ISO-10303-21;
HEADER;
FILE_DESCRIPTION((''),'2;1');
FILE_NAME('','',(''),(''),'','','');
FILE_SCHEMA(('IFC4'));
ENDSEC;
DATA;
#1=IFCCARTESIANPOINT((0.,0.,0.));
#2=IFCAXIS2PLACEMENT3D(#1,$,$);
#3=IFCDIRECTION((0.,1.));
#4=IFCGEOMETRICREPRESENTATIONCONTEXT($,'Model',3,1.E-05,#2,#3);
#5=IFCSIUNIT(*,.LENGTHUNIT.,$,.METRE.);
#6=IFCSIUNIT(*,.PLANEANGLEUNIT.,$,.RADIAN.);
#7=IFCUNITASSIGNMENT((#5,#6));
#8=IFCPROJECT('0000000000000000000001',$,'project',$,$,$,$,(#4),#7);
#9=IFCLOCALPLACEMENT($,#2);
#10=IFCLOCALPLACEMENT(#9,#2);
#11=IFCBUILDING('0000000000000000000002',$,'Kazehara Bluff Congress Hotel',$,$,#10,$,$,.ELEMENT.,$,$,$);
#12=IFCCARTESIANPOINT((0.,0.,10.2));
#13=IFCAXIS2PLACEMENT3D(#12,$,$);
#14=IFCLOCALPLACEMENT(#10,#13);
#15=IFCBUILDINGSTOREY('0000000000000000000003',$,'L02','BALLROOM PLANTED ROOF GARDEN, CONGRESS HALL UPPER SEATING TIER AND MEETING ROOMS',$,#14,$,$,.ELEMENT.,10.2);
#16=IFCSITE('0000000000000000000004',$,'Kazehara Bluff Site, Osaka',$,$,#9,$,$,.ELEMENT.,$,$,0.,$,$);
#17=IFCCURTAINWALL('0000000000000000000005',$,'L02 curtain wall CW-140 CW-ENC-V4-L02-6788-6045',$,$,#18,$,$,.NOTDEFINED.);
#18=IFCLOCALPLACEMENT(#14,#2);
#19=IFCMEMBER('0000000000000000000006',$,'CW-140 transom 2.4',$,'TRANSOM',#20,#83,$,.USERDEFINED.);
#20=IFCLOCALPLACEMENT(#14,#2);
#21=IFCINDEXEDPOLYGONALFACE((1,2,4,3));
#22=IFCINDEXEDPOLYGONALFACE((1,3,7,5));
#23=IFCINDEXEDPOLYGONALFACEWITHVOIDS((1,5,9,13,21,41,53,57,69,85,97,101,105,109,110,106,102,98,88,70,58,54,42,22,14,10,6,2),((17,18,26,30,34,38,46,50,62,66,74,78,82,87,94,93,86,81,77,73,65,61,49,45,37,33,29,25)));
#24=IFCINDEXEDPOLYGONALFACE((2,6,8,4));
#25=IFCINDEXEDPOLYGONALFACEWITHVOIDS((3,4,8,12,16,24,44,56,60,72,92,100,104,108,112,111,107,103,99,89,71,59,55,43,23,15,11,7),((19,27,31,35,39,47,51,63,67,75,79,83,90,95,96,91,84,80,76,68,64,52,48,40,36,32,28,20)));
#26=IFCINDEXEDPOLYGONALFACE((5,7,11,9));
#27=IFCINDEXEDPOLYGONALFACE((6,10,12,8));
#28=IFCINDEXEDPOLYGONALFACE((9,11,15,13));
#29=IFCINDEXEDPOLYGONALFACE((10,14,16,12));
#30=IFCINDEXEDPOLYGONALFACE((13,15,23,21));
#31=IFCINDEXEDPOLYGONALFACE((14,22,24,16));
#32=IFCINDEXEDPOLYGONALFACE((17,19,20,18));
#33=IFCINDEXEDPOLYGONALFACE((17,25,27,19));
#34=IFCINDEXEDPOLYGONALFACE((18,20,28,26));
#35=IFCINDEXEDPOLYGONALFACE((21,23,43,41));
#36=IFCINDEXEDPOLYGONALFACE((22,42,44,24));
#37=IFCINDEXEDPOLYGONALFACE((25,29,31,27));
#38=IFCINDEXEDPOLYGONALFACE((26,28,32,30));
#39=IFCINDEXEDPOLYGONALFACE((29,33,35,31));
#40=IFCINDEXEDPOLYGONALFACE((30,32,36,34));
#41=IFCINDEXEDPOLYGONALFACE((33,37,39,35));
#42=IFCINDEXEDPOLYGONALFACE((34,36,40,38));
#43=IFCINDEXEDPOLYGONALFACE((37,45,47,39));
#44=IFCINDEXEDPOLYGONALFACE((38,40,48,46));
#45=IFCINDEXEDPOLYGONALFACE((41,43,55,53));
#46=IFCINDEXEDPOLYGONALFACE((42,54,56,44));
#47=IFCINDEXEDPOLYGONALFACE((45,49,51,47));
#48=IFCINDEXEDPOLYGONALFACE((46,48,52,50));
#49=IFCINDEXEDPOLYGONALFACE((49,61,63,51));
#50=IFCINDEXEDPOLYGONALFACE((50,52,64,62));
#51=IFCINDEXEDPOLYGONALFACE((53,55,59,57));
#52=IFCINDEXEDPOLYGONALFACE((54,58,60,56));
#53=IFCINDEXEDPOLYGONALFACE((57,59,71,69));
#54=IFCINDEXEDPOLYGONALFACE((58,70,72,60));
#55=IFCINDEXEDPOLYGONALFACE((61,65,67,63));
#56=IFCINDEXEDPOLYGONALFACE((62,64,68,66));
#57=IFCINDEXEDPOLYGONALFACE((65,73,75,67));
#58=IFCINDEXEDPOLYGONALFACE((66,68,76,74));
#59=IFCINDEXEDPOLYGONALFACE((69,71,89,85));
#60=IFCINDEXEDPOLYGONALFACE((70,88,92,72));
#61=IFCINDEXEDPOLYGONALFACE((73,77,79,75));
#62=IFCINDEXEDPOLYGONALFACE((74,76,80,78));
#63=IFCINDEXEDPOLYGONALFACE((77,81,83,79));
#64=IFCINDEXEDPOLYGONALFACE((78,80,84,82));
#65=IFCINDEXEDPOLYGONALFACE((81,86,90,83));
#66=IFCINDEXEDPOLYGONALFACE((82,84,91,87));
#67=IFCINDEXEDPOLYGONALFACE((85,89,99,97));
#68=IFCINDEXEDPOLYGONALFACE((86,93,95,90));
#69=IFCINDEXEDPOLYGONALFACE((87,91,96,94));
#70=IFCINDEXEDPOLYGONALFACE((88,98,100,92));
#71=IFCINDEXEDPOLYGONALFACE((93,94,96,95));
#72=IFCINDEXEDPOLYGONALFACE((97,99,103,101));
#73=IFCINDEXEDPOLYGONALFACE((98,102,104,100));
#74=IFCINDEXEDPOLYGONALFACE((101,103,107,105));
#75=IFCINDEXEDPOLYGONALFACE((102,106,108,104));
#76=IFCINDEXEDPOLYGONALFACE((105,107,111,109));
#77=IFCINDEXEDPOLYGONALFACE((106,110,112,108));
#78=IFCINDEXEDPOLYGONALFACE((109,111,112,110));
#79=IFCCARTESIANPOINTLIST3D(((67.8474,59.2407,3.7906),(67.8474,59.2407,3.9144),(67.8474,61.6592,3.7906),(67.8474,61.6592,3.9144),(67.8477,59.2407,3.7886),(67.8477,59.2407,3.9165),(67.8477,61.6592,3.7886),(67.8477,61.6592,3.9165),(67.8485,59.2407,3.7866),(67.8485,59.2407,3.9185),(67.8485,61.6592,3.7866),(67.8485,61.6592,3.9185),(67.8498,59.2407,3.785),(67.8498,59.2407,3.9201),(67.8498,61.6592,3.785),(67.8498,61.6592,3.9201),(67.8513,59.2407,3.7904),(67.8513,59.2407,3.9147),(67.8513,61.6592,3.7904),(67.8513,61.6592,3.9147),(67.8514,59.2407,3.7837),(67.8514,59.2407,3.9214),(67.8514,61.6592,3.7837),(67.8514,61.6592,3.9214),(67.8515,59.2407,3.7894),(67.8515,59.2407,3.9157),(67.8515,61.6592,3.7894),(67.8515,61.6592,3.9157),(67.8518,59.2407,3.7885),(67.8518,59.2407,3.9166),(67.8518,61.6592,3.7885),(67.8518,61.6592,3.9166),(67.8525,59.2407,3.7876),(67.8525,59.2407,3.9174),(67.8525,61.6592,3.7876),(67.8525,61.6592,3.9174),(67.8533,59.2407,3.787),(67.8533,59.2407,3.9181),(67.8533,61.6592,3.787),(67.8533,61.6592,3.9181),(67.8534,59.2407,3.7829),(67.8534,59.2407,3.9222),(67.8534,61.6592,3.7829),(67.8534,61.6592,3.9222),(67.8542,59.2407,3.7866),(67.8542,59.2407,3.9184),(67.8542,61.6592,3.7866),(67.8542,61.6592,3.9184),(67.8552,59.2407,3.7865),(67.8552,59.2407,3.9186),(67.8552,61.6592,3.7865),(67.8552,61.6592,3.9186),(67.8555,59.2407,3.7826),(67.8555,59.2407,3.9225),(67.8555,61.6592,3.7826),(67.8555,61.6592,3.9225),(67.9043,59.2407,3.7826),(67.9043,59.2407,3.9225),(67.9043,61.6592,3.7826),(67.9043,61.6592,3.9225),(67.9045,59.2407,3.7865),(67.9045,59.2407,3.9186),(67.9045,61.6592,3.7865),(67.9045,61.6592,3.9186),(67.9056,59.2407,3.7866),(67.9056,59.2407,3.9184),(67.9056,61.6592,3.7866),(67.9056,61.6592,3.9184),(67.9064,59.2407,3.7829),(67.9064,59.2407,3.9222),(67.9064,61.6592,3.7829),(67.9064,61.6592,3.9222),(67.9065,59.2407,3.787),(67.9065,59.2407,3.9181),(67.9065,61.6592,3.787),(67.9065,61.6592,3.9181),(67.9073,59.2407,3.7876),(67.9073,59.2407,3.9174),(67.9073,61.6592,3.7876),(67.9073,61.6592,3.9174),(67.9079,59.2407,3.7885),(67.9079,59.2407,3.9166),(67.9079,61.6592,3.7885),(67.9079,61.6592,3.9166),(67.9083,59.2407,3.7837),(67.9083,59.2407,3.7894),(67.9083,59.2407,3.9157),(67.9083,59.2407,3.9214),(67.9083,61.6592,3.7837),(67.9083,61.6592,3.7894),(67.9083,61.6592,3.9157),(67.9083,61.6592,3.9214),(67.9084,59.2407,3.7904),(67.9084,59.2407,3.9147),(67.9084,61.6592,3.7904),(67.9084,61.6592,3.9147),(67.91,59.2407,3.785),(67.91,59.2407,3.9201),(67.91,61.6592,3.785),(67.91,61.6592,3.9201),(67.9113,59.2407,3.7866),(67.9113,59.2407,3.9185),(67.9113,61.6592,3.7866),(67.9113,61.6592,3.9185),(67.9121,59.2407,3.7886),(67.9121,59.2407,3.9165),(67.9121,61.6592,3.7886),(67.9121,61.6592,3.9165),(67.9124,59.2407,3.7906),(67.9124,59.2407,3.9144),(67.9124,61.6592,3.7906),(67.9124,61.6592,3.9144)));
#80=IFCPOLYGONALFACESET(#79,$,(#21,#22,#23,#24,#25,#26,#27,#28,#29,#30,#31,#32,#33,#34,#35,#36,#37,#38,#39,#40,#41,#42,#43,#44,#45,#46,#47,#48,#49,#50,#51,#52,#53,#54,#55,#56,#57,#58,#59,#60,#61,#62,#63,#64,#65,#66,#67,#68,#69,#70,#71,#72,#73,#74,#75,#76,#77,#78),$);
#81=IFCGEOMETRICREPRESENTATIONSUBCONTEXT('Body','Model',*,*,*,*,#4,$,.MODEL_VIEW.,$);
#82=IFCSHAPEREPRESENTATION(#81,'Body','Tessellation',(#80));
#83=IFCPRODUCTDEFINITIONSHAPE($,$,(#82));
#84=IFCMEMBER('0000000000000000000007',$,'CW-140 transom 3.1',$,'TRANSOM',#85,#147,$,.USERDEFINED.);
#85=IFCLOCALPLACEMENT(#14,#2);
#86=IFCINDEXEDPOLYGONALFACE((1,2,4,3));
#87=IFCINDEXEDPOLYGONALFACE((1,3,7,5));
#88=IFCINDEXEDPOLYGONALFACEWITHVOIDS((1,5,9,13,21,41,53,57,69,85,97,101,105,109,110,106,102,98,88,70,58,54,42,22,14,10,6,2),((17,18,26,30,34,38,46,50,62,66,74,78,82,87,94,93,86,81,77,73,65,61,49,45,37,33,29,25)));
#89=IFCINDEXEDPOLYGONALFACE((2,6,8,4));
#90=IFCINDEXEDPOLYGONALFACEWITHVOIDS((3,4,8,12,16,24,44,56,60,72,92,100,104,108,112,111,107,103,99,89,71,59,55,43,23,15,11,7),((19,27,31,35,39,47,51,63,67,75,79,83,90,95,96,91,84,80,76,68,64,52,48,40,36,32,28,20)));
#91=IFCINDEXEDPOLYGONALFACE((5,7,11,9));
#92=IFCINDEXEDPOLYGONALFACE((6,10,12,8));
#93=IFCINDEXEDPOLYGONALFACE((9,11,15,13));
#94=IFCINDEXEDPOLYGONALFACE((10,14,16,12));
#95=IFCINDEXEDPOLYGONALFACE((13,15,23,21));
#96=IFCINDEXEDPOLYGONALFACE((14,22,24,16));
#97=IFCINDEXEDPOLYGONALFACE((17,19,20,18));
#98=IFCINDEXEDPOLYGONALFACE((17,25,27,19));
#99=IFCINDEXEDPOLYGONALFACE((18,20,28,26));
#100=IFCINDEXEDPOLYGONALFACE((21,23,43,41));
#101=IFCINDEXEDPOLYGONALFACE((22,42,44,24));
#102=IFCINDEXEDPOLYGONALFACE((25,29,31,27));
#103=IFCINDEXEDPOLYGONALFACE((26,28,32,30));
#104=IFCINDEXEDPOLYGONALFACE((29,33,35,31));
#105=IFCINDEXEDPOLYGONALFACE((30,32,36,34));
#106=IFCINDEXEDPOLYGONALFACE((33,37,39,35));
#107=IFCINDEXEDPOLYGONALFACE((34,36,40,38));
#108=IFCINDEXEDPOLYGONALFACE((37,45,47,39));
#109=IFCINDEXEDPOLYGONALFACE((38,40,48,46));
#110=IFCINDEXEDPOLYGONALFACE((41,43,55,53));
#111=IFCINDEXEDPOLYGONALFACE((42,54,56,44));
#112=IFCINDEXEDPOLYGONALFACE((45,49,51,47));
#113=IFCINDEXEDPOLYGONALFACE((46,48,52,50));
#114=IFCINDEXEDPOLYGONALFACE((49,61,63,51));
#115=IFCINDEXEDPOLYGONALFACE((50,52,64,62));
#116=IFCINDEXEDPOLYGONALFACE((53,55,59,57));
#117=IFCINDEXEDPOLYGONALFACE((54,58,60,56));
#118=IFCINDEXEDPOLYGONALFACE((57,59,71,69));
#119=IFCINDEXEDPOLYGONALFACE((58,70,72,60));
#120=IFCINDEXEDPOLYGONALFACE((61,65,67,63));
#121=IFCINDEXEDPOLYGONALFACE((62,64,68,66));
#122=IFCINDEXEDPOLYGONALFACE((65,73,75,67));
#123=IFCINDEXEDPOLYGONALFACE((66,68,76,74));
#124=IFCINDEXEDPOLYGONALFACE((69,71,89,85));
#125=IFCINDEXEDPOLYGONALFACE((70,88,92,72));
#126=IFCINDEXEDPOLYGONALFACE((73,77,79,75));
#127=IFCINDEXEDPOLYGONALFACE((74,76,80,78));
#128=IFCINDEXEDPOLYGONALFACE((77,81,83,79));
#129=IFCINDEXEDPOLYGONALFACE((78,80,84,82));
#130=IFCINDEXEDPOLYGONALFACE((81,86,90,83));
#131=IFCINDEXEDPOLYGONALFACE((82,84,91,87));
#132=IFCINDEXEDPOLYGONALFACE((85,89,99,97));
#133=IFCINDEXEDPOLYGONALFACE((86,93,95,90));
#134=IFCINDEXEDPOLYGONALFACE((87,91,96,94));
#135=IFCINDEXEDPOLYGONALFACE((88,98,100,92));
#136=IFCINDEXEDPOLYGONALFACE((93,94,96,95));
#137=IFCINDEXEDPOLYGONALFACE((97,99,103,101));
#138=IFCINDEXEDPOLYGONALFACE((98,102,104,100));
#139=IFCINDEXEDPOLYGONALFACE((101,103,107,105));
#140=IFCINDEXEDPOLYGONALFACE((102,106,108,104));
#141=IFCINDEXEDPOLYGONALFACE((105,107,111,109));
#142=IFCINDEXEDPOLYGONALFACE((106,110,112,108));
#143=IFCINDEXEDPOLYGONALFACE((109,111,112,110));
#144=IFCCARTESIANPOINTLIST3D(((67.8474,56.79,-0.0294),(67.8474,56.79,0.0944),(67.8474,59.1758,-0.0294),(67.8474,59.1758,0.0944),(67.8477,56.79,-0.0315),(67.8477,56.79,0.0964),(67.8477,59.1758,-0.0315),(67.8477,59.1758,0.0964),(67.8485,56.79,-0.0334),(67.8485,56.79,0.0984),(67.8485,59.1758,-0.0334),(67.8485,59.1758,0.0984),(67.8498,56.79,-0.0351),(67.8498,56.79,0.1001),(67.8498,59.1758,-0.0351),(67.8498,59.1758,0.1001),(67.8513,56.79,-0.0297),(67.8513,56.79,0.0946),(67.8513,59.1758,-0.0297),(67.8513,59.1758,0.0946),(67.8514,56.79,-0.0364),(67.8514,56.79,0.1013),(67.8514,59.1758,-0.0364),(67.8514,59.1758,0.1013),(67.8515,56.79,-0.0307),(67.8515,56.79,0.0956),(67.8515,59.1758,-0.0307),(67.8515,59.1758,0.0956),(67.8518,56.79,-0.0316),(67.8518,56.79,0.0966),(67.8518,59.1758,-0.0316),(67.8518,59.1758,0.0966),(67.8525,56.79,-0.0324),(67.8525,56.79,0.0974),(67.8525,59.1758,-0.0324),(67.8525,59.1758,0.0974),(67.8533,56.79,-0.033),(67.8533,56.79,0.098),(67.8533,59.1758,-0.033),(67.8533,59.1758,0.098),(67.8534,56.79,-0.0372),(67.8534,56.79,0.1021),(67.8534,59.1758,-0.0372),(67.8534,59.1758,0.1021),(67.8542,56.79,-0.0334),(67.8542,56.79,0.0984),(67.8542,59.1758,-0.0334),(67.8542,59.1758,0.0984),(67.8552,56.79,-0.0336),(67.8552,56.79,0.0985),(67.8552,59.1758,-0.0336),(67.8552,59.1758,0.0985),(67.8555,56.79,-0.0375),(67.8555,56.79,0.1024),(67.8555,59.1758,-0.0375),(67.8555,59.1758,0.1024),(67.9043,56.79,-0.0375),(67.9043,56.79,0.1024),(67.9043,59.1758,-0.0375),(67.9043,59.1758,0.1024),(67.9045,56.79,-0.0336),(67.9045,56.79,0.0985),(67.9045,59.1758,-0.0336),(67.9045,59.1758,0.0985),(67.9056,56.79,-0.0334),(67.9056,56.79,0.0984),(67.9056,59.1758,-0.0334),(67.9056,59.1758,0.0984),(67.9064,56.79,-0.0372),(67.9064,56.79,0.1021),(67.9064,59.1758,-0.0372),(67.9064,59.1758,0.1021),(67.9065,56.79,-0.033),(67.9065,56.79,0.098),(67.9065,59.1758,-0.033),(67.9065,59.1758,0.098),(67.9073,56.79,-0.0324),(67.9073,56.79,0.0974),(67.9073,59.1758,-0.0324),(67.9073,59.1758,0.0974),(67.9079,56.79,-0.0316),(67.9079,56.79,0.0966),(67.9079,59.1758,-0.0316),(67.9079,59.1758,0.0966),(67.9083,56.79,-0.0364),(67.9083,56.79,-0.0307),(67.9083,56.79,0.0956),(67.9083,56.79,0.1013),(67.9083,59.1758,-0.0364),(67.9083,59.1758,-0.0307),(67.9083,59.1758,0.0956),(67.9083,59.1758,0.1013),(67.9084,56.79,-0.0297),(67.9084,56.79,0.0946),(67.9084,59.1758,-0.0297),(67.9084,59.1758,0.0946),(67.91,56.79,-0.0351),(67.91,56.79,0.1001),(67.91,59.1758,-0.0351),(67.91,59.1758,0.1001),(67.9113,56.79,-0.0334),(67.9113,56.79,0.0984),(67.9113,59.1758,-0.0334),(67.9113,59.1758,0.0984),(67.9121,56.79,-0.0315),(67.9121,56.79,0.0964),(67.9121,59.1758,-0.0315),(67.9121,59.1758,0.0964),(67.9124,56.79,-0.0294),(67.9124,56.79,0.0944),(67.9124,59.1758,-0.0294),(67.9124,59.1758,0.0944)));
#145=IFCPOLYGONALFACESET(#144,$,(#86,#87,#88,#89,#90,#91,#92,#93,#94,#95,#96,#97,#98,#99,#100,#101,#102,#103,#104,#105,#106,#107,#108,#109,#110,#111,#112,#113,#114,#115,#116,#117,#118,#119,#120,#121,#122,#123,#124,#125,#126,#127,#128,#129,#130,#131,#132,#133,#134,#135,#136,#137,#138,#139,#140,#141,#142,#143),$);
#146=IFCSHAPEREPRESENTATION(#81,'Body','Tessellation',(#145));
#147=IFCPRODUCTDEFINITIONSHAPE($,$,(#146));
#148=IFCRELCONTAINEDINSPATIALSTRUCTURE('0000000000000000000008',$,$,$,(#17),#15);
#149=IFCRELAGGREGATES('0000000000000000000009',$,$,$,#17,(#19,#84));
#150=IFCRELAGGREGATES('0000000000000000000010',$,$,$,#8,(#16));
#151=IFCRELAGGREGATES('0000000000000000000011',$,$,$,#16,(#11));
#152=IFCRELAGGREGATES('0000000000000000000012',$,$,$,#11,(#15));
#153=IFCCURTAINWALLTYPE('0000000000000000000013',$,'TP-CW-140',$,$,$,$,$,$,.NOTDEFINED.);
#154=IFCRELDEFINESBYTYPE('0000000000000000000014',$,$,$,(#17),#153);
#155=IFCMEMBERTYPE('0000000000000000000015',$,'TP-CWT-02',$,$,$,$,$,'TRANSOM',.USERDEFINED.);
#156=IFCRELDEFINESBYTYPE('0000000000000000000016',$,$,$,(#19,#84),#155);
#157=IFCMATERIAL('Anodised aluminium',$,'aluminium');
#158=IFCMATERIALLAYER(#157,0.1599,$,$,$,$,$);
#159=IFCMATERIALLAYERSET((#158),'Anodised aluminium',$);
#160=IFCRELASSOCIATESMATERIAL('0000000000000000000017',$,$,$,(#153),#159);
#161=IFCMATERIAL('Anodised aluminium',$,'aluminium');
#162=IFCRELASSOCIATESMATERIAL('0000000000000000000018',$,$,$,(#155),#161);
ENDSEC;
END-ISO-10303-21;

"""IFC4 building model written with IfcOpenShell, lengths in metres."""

from ifc_helpers import new_model, si_unit, direction, frame, origin, origin_2d, place, context, subcontext, project, spatial, hollow_rectangle, extrude, material, layer, layer_set, material_profile, profile_set, type_object, element, aggregate, save


model = new_model("IFC4")

# Units and contexts
model_context = context("Model", 3, precision=1e-05, world=origin(), true_north=direction((0.0, 1.0)))
body_context = subcontext(model_context, "Body", "Model", "MODEL_VIEW")
ifc_project = project(units=[si_unit("LENGTHUNIT", "METRE"), si_unit("PLANEANGLEUNIT", "RADIAN")], contexts=[model_context])

# Site, building, storey
site_placement = place(None, origin())
site = spatial("IfcSite", under=ifc_project, at=site_placement, Name="Kazehara Bluff Site, Osaka", CompositionType="ELEMENT", RefElevation=0.0)
building_placement = place(site_placement, origin())
building = spatial("IfcBuilding", under=site, at=building_placement, Name="Kazehara Bluff Congress Hotel", CompositionType="ELEMENT")
storey_placement = place(building_placement, frame((0.0, 0.0, 10.2)))
storey = spatial("IfcBuildingStorey", under=building, at=storey_placement, Name="L02", Description="BALLROOM PLANTED ROOF GARDEN, CONGRESS HALL UPPER SEATING TIER AND MEETING ROOMS", CompositionType="ELEMENT", Elevation=10.2)

# Curtain wall, members
ifc_material_1 = material(Name="Anodised aluminium", Category="aluminium")
ifc_layer_1 = layer(ifc_material_1, 0.1599)
ifc_layer_set_1 = layer_set([ifc_layer_1], Name="Anodised aluminium")
curtain_wall_type = type_object("IfcCurtainWallType", Name="TP-CW-140", PredefinedType="NOTDEFINED", material=ifc_layer_set_1)
curtain_wall_placement = place(storey_placement, origin())
curtain_wall = element("IfcCurtainWall", 1, at=curtain_wall_placement, inside=storey, type_object=curtain_wall_type, Name="L02 curtain wall CW-140 CW-ENC-V4-L02-6788-6045", PredefinedType="NOTDEFINED")
ifc_material_2 = material(Name="Anodised aluminium", Category="aluminium")
ifc_material_profile_1 = material_profile(ifc_material_2, hollow_rectangle(XDim=0.0649, YDim=0.1399, WallThickness=0.0039, InnerFilletRadius=0.0039, OuterFilletRadius=0.0081, at=origin_2d()))
ifc_profile_set_1 = profile_set([ifc_material_profile_1], Name="Anodised aluminium")
member_type_1 = type_object("IfcMemberType", Name="TP-CWT-02", ElementType="TRANSOM", PredefinedType="USERDEFINED", material=ifc_profile_set_1)
member_1_placement = place(storey_placement, frame((67.8799, 61.6592, 3.8525), z_axis=(0.0, -1.0, 0.0), x_axis=(1.0, 0.0, 0.0)))
member_1 = element("IfcMember", 2, at=member_1_placement, type_object=member_type_1, Name="CW-140 transom 2.4", ObjectType="TRANSOM", PredefinedType="USERDEFINED", context=body_context, shape_type="SweptSolid", body=[
    extrude(hollow_rectangle(XDim=0.0649, YDim=0.1399, WallThickness=0.0039, InnerFilletRadius=0.0039, OuterFilletRadius=0.0081, at=origin_2d()), origin(), (0.0, 0.0, 1.0), 2.4185),
])
member_2_placement = place(storey_placement, frame((67.8799, 59.1758, 0.0325), z_axis=(0.0, -1.0, 0.0), x_axis=(1.0, 0.0, 0.0)))
member_2 = element("IfcMember", 3, at=member_2_placement, type_object=member_type_1, Name="CW-140 transom 3.1", ObjectType="TRANSOM", PredefinedType="USERDEFINED", context=body_context, shape_type="SweptSolid", body=[
    extrude(hollow_rectangle(XDim=0.0649, YDim=0.1399, WallThickness=0.0039, InnerFilletRadius=0.0039, OuterFilletRadius=0.0081, at=origin_2d()), origin(), (0.0, 0.0, 1.0), 2.3857),
])

aggregate(curtain_wall, [member_1, member_2])

save(model, "model.ifc")
